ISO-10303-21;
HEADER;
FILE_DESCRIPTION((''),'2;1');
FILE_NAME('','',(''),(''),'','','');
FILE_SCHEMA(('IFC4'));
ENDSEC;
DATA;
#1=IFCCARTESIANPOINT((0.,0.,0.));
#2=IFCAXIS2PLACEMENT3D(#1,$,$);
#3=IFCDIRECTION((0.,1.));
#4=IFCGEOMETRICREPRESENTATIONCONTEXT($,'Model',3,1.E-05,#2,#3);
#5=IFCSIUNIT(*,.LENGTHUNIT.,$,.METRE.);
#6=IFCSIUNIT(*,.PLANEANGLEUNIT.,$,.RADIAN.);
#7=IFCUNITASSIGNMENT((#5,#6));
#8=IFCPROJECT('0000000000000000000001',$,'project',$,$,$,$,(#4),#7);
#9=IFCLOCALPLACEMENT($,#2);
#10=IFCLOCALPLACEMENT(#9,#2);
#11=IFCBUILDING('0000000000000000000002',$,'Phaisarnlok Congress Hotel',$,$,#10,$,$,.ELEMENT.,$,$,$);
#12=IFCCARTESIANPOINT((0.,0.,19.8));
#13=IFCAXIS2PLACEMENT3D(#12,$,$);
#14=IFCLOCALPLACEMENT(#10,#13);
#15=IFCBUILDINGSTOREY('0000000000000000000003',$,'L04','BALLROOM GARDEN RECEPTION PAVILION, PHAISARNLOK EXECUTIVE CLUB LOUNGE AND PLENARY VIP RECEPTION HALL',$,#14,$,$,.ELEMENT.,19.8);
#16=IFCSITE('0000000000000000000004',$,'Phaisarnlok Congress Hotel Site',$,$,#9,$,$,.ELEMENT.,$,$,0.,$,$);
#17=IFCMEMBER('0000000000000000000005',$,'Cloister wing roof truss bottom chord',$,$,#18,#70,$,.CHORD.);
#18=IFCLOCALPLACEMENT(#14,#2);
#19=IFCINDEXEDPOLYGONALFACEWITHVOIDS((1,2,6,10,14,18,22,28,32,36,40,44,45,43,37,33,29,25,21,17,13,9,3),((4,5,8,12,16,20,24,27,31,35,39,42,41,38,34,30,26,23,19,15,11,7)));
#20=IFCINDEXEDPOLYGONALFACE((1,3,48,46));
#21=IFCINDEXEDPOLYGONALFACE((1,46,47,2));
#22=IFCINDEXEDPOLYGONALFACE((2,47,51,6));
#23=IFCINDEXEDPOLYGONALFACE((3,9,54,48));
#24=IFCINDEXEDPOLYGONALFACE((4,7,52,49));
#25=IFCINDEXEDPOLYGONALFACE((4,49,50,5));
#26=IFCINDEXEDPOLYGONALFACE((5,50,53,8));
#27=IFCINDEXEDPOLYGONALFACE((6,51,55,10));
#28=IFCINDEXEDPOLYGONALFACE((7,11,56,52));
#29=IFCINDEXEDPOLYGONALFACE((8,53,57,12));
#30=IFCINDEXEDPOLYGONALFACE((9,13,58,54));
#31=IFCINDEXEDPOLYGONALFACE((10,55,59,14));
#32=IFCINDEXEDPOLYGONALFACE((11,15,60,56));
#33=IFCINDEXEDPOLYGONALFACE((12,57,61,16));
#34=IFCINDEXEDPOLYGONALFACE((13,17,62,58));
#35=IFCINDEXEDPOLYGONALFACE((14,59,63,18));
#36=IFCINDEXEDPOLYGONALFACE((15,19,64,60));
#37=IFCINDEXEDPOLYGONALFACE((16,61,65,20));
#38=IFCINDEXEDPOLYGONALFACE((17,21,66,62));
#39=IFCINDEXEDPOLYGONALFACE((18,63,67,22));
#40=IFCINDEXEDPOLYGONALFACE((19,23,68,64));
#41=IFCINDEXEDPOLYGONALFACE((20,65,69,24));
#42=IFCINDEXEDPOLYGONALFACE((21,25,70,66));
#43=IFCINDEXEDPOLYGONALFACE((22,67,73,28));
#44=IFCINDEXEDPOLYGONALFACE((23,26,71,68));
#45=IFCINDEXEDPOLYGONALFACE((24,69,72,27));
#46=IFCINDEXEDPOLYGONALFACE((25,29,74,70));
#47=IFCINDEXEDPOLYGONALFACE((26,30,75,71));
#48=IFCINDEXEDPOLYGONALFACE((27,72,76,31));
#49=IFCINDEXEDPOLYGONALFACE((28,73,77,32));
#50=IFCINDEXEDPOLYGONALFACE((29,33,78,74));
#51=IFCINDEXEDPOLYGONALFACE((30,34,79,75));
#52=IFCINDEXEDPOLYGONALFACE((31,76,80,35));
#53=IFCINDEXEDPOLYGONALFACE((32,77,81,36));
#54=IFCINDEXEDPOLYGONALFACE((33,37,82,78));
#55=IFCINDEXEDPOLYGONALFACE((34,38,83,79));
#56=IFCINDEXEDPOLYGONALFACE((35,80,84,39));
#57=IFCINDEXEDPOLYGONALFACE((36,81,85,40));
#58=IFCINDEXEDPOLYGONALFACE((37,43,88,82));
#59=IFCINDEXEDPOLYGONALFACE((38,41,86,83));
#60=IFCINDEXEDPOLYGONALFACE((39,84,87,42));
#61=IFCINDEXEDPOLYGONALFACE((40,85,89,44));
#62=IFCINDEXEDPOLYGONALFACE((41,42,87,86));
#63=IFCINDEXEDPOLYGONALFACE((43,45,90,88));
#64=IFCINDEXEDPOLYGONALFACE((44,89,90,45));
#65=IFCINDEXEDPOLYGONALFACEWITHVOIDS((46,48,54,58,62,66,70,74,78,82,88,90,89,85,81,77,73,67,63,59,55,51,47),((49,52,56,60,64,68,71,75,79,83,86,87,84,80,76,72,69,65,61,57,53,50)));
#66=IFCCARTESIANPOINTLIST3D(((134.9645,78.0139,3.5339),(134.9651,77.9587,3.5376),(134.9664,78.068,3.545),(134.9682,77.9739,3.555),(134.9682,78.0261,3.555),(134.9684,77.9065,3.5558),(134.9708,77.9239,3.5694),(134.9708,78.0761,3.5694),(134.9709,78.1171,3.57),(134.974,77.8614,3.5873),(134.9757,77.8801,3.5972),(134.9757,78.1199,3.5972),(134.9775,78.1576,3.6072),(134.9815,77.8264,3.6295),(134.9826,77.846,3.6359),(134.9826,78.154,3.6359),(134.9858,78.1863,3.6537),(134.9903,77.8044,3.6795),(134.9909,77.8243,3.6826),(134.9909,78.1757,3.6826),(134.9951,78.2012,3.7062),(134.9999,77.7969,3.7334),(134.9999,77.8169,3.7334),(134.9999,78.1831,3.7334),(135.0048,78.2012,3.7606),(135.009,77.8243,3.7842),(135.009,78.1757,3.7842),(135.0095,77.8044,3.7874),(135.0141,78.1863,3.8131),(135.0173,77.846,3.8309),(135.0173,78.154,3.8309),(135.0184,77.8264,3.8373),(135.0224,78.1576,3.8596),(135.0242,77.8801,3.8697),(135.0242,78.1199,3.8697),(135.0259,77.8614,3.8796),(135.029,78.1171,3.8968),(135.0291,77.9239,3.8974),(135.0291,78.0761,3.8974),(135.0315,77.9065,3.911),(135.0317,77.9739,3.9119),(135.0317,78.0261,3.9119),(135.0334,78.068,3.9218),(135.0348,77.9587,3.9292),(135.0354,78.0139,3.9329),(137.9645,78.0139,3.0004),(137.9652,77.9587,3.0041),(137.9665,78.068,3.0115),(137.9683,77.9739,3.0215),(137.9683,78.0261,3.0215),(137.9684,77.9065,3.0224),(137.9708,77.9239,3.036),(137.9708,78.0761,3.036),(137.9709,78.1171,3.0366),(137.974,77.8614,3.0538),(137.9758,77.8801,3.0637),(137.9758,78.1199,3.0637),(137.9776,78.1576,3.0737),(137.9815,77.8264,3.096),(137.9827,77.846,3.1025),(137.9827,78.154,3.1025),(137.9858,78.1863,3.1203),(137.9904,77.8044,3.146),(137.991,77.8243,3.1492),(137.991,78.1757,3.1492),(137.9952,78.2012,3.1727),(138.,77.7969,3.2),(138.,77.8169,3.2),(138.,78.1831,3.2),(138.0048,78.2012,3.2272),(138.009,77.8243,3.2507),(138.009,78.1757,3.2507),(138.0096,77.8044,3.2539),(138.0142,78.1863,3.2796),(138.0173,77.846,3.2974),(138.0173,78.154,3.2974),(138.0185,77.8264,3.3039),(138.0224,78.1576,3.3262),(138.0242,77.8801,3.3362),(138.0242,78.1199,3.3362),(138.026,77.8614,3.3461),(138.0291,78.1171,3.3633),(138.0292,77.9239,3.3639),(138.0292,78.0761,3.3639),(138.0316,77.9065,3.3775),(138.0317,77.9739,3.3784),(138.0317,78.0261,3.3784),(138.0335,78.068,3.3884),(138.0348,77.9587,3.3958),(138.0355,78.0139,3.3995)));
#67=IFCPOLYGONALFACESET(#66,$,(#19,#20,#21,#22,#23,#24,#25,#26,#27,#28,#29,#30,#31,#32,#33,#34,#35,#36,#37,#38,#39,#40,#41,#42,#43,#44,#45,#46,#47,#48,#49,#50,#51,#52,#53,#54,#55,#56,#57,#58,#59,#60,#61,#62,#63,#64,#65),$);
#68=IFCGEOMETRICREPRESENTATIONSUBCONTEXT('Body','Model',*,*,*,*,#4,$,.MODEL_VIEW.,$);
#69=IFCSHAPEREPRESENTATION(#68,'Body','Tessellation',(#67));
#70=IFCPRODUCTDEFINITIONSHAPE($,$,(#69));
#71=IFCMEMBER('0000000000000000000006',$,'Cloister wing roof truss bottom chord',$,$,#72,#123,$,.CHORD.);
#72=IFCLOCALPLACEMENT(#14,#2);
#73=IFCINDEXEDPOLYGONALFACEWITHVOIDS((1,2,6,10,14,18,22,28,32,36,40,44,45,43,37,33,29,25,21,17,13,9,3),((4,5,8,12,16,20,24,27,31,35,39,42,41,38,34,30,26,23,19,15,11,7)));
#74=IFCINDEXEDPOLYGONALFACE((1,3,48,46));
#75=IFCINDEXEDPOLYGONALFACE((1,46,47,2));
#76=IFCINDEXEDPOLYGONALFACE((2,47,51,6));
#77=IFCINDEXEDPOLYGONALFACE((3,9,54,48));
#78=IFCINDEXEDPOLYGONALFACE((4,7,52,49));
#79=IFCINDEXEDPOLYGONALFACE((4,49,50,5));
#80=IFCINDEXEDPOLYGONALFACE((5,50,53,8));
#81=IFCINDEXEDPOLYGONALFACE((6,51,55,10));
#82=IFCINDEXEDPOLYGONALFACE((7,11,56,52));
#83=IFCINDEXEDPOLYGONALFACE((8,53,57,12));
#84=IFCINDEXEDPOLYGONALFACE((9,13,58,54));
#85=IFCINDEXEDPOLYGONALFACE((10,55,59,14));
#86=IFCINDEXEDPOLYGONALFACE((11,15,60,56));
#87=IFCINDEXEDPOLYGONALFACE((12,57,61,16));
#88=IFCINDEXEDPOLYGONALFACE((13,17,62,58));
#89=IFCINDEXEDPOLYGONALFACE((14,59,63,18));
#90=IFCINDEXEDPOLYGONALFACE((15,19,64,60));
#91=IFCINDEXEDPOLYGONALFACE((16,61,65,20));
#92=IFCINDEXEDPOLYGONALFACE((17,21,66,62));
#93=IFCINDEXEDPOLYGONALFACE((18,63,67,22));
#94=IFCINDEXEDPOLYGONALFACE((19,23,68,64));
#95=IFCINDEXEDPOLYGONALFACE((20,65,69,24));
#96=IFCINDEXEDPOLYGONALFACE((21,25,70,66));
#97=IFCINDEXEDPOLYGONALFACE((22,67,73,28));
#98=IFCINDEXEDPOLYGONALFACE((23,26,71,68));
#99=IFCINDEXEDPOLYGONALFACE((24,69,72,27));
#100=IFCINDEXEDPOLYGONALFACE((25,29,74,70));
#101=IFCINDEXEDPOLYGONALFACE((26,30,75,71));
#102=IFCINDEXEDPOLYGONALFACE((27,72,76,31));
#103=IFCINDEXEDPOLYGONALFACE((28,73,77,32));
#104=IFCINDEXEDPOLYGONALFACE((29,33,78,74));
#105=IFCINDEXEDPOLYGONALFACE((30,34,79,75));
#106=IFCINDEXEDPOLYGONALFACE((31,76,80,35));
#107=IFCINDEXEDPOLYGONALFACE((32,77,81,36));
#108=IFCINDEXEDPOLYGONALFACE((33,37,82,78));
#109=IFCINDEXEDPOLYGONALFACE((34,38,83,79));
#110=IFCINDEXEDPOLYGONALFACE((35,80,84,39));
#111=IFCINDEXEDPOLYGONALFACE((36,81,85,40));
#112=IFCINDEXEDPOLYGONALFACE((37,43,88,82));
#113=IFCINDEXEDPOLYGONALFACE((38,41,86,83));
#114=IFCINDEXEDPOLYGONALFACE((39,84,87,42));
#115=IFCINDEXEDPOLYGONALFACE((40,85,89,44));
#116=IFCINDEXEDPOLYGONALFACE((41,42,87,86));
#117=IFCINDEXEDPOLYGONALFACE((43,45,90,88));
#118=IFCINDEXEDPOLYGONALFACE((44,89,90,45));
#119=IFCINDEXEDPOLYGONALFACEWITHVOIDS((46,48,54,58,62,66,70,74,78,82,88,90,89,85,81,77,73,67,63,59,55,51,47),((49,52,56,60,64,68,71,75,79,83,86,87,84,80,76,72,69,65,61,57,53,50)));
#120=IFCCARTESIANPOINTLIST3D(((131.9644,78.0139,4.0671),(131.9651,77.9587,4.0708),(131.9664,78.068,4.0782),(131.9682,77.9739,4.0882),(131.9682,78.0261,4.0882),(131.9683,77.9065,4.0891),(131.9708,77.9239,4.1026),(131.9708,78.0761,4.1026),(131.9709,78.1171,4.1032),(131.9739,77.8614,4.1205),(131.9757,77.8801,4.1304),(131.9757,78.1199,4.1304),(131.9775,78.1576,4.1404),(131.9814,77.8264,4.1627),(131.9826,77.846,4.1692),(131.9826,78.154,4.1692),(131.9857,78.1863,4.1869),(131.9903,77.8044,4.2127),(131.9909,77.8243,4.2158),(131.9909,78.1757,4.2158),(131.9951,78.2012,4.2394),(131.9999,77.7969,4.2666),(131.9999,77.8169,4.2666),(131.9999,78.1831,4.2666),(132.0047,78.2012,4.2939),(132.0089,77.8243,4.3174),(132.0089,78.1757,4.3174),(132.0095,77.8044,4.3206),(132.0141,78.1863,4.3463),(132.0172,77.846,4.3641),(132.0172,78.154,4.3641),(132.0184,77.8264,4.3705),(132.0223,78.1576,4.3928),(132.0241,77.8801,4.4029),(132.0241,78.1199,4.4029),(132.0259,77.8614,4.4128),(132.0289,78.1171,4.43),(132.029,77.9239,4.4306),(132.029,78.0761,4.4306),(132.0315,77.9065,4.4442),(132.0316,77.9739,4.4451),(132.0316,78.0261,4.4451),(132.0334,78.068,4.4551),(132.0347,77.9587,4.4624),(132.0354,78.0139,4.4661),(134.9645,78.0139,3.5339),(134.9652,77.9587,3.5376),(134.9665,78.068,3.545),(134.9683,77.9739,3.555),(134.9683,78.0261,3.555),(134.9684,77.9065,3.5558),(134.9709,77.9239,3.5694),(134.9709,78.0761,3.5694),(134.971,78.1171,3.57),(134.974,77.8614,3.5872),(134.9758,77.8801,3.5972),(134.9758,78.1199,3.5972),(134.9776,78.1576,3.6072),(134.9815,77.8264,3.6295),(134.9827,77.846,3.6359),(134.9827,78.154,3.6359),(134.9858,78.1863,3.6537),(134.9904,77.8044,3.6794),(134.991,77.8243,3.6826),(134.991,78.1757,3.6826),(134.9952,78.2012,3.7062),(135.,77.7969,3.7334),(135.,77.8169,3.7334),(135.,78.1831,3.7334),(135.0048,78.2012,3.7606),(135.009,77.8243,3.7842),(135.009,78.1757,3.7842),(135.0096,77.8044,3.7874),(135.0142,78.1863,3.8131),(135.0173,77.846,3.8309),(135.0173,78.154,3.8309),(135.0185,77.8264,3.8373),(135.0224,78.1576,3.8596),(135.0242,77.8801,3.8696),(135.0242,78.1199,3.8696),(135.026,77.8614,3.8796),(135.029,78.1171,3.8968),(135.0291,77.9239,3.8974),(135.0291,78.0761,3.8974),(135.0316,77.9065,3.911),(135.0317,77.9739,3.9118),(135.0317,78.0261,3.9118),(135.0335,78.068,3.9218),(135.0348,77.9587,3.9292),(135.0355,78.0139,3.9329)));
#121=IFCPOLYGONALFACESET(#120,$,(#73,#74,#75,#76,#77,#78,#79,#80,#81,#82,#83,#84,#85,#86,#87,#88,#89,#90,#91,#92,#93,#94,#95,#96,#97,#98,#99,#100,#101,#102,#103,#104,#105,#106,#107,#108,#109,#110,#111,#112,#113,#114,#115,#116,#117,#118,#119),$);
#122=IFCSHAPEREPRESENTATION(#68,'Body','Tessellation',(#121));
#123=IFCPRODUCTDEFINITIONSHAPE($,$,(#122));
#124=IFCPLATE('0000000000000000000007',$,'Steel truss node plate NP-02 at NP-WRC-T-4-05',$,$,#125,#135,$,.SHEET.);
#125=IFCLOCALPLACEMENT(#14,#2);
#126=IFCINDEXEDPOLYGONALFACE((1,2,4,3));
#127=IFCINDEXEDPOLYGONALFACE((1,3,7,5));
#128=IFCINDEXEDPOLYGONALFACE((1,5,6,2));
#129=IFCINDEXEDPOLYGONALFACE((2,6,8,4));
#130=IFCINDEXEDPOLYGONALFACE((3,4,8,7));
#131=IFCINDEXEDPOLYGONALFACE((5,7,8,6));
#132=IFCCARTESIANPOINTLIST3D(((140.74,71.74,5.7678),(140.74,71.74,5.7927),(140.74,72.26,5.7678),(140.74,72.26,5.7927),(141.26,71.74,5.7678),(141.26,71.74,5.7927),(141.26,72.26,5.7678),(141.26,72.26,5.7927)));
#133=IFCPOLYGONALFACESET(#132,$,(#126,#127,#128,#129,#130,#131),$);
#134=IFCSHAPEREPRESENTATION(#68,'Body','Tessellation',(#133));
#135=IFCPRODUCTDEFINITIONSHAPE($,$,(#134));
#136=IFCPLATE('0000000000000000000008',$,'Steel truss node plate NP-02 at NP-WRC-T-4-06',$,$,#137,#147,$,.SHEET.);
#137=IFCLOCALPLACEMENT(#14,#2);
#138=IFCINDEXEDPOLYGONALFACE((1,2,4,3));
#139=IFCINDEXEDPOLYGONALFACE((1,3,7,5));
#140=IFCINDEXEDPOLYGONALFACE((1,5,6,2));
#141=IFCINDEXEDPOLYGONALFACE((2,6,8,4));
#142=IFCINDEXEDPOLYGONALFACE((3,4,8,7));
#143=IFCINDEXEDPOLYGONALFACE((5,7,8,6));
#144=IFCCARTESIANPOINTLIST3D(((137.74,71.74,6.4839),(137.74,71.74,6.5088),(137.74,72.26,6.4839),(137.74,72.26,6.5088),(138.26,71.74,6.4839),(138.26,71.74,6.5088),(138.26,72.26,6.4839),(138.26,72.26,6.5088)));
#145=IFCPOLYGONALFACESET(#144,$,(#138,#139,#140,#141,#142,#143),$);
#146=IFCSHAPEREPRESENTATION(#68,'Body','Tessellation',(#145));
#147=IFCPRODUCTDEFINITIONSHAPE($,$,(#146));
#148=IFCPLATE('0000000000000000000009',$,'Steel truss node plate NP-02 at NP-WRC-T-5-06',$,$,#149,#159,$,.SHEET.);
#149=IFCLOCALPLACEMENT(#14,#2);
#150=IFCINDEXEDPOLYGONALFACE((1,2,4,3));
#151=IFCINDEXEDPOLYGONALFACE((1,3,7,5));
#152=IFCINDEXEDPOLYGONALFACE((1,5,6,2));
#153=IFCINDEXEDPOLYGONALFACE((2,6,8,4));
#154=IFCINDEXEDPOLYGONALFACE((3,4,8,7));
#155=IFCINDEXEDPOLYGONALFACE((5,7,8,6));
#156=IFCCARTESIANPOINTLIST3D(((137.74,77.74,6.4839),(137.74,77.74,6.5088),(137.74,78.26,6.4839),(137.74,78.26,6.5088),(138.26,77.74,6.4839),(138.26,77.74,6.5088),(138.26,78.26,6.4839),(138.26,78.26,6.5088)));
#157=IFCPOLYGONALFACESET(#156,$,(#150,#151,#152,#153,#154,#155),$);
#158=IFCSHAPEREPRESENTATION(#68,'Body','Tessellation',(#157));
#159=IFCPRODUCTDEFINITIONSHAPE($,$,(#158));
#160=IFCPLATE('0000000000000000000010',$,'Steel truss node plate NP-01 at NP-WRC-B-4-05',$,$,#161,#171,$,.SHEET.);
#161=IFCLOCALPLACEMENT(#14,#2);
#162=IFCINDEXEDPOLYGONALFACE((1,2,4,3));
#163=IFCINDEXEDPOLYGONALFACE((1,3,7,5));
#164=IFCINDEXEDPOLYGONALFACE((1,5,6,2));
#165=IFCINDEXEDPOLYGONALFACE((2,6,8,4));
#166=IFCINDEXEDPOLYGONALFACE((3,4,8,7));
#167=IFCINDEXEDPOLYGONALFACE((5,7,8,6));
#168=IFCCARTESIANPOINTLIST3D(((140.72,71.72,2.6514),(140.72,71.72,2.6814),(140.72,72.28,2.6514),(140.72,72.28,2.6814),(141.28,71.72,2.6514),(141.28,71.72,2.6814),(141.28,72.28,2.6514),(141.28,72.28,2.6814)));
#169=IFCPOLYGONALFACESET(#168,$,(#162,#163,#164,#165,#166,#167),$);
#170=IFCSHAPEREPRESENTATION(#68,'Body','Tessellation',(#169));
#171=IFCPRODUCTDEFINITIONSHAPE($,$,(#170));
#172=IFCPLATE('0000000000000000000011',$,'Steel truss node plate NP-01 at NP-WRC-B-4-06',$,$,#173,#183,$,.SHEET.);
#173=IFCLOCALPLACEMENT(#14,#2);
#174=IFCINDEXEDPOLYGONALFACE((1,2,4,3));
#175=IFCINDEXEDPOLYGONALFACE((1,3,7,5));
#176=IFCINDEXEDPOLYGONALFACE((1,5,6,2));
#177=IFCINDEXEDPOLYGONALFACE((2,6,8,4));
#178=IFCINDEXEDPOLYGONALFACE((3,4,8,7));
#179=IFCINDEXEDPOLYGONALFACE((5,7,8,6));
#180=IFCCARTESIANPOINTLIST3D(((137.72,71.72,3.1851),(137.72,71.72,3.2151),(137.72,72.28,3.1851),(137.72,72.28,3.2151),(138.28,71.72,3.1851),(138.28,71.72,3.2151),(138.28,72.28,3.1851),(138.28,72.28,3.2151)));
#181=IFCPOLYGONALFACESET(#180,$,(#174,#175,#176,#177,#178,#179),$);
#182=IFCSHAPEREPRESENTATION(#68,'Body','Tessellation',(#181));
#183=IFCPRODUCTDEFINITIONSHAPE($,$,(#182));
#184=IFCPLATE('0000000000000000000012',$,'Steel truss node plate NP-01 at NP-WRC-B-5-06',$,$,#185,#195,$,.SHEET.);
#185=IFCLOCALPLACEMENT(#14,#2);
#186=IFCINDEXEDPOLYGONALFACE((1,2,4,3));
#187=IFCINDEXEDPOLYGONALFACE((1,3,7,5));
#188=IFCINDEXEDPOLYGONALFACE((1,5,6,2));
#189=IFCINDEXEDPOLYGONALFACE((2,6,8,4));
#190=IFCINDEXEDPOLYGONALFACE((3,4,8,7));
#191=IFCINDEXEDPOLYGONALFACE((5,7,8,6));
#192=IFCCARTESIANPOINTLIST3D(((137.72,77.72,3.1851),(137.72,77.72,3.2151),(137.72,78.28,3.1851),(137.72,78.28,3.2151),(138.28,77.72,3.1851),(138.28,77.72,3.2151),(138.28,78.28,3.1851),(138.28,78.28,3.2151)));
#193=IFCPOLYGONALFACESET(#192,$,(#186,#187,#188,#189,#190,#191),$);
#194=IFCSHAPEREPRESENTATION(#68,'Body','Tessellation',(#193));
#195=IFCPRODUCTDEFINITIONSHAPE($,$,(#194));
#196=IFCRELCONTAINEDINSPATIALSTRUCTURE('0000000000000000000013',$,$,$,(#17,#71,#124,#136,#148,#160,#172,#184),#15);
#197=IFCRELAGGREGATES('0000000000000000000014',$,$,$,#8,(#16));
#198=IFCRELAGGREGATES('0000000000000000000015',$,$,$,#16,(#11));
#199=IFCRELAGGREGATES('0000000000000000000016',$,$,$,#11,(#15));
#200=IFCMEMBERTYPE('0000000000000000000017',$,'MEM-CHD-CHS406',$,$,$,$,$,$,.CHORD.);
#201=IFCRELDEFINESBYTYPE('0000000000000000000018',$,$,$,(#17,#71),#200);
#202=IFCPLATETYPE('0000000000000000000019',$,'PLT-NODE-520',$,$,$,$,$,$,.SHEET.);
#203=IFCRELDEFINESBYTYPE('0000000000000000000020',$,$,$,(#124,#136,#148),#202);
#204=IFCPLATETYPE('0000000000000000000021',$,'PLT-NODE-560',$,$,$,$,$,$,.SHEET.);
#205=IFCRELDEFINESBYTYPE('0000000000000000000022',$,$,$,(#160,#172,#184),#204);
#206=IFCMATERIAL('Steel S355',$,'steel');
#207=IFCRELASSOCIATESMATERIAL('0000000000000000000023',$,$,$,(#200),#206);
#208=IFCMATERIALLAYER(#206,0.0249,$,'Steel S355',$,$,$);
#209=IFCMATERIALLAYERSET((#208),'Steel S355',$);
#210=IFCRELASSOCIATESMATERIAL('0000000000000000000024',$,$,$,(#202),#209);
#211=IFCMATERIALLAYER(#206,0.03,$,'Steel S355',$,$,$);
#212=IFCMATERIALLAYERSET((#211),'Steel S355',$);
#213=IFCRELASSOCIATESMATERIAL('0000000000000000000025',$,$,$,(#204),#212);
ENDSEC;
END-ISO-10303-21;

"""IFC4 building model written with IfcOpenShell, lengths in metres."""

from ifc_helpers import new_model, si_unit, direction, frame, origin, origin_2d, place, context, subcontext, project, spatial, rectangle, hollow_circle, extrude, material, layer, layer_set, material_profile, profile_set, type_object, element, save


model = new_model("IFC4")

# Units and contexts
model_context = context("Model", 3, precision=1e-05, world=origin(), true_north=direction((0.0, 1.0)))
body_context = subcontext(model_context, "Body", "Model", "MODEL_VIEW")
ifc_project = project(units=[si_unit("LENGTHUNIT", "METRE"), si_unit("PLANEANGLEUNIT", "RADIAN")], contexts=[model_context])

# Site, building, storey
site_placement = place(None, origin())
site = spatial("IfcSite", under=ifc_project, at=site_placement, Name="Phaisarnlok Congress Hotel Site", CompositionType="ELEMENT", RefElevation=0.0)
building_placement = place(site_placement, origin())
building = spatial("IfcBuilding", under=site, at=building_placement, Name="Phaisarnlok Congress Hotel", CompositionType="ELEMENT")
storey_placement = place(building_placement, frame((0.0, 0.0, 19.8)))
storey = spatial("IfcBuildingStorey", under=building, at=storey_placement, Name="L04", Description="BALLROOM GARDEN RECEPTION PAVILION, PHAISARNLOK EXECUTIVE CLUB LOUNGE AND PLENARY VIP RECEPTION HALL", CompositionType="ELEMENT", Elevation=19.8)

# Shared definitions
ifc_material_1 = material(Name="Steel S355", Category="steel")

# Members
ifc_material_profile_1 = material_profile(ifc_material_1, hollow_circle(Radius=0.2031, WallThickness=0.02, at=origin_2d()), Name="CHS 406.4x20")
ifc_profile_set_1 = profile_set([ifc_material_profile_1], Name="Steel S355")
member_type_1 = type_object("IfcMemberType", Name="MEM-CHD-CHS406", PredefinedType="CHORD", material=ifc_profile_set_1)
for number, where, z_axis, x_axis, name in (
    (1, (138.0, 78.0, 3.2), (-0.984556, 0.0, 0.17507), (0.0, -1.0, 0.0), "Cloister wing roof truss bottom chord"),
    (2, (135.0, 78.0, 3.7334), (-0.98457, 0.0, 0.174992), (0.0, -1.0, 0.0), "Cloister wing roof truss bottom chord"),
):
    element("IfcMember", number, at=place(storey_placement, frame(where, z_axis=z_axis, x_axis=x_axis)), inside=storey, type_object=member_type_1, Name=name, PredefinedType="CHORD", context=body_context, shape_type="SweptSolid", body=[
        extrude(hollow_circle(Radius=0.2031, WallThickness=0.02, at=origin_2d()), origin(), (0.0, 0.0, 1.0), 3.0471),
    ])

# Plates
ifc_layer_1 = layer(ifc_material_1, 0.0249, Name="Steel S355")
ifc_layer_set_1 = layer_set([ifc_layer_1], Name="Steel S355")
plate_type_1 = type_object("IfcPlateType", Name="PLT-NODE-520", PredefinedType="SHEET", material=ifc_layer_set_1)
for number, where, z_axis, x_axis, name in (
    (3, (141.0, 72.0, 5.7678), (0.0, 0.0, 1.0), (1.0, 0.0, 0.0), "Steel truss node plate NP-02 at NP-WRC-T-4-05"),
    (4, (138.0, 72.0, 6.4839), (0.0, 0.0, 1.0), (1.0, 0.0, 0.0), "Steel truss node plate NP-02 at NP-WRC-T-4-06"),
    (5, (138.0, 78.0, 6.4839), (0.0, 0.0, 1.0), (1.0, 0.0, 0.0), "Steel truss node plate NP-02 at NP-WRC-T-5-06"),
):
    element("IfcPlate", number, at=place(storey_placement, frame(where, z_axis=z_axis, x_axis=x_axis)), inside=storey, type_object=plate_type_1, Name=name, PredefinedType="SHEET", context=body_context, shape_type="SweptSolid", body=[
        extrude(rectangle(XDim=0.52, YDim=0.52, at=origin_2d()), origin(), (0.0, 0.0, 1.0), 0.0249),
    ])
ifc_layer_2 = layer(ifc_material_1, 0.03, Name="Steel S355")
ifc_layer_set_2 = layer_set([ifc_layer_2], Name="Steel S355")
plate_type_2 = type_object("IfcPlateType", Name="PLT-NODE-560", PredefinedType="SHEET", material=ifc_layer_set_2)
for number, where, z_axis, x_axis, name in (
    (6, (141.0, 72.0, 2.6514), (0.0, 0.0, 1.0), (1.0, 0.0, 0.0), "Steel truss node plate NP-01 at NP-WRC-B-4-05"),
    (7, (138.0, 72.0, 3.1851), (0.0, 0.0, 1.0), (1.0, 0.0, 0.0), "Steel truss node plate NP-01 at NP-WRC-B-4-06"),
    (8, (138.0, 78.0, 3.1851), (0.0, 0.0, 1.0), (1.0, 0.0, 0.0), "Steel truss node plate NP-01 at NP-WRC-B-5-06"),
):
    element("IfcPlate", number, at=place(storey_placement, frame(where, z_axis=z_axis, x_axis=x_axis)), inside=storey, type_object=plate_type_2, Name=name, PredefinedType="SHEET", context=body_context, shape_type="SweptSolid", body=[
        extrude(rectangle(XDim=0.5601, YDim=0.5601, at=origin_2d()), origin(), (0.0, 0.0, 1.0), 0.03),
    ])

save(model, "model.ifc")
